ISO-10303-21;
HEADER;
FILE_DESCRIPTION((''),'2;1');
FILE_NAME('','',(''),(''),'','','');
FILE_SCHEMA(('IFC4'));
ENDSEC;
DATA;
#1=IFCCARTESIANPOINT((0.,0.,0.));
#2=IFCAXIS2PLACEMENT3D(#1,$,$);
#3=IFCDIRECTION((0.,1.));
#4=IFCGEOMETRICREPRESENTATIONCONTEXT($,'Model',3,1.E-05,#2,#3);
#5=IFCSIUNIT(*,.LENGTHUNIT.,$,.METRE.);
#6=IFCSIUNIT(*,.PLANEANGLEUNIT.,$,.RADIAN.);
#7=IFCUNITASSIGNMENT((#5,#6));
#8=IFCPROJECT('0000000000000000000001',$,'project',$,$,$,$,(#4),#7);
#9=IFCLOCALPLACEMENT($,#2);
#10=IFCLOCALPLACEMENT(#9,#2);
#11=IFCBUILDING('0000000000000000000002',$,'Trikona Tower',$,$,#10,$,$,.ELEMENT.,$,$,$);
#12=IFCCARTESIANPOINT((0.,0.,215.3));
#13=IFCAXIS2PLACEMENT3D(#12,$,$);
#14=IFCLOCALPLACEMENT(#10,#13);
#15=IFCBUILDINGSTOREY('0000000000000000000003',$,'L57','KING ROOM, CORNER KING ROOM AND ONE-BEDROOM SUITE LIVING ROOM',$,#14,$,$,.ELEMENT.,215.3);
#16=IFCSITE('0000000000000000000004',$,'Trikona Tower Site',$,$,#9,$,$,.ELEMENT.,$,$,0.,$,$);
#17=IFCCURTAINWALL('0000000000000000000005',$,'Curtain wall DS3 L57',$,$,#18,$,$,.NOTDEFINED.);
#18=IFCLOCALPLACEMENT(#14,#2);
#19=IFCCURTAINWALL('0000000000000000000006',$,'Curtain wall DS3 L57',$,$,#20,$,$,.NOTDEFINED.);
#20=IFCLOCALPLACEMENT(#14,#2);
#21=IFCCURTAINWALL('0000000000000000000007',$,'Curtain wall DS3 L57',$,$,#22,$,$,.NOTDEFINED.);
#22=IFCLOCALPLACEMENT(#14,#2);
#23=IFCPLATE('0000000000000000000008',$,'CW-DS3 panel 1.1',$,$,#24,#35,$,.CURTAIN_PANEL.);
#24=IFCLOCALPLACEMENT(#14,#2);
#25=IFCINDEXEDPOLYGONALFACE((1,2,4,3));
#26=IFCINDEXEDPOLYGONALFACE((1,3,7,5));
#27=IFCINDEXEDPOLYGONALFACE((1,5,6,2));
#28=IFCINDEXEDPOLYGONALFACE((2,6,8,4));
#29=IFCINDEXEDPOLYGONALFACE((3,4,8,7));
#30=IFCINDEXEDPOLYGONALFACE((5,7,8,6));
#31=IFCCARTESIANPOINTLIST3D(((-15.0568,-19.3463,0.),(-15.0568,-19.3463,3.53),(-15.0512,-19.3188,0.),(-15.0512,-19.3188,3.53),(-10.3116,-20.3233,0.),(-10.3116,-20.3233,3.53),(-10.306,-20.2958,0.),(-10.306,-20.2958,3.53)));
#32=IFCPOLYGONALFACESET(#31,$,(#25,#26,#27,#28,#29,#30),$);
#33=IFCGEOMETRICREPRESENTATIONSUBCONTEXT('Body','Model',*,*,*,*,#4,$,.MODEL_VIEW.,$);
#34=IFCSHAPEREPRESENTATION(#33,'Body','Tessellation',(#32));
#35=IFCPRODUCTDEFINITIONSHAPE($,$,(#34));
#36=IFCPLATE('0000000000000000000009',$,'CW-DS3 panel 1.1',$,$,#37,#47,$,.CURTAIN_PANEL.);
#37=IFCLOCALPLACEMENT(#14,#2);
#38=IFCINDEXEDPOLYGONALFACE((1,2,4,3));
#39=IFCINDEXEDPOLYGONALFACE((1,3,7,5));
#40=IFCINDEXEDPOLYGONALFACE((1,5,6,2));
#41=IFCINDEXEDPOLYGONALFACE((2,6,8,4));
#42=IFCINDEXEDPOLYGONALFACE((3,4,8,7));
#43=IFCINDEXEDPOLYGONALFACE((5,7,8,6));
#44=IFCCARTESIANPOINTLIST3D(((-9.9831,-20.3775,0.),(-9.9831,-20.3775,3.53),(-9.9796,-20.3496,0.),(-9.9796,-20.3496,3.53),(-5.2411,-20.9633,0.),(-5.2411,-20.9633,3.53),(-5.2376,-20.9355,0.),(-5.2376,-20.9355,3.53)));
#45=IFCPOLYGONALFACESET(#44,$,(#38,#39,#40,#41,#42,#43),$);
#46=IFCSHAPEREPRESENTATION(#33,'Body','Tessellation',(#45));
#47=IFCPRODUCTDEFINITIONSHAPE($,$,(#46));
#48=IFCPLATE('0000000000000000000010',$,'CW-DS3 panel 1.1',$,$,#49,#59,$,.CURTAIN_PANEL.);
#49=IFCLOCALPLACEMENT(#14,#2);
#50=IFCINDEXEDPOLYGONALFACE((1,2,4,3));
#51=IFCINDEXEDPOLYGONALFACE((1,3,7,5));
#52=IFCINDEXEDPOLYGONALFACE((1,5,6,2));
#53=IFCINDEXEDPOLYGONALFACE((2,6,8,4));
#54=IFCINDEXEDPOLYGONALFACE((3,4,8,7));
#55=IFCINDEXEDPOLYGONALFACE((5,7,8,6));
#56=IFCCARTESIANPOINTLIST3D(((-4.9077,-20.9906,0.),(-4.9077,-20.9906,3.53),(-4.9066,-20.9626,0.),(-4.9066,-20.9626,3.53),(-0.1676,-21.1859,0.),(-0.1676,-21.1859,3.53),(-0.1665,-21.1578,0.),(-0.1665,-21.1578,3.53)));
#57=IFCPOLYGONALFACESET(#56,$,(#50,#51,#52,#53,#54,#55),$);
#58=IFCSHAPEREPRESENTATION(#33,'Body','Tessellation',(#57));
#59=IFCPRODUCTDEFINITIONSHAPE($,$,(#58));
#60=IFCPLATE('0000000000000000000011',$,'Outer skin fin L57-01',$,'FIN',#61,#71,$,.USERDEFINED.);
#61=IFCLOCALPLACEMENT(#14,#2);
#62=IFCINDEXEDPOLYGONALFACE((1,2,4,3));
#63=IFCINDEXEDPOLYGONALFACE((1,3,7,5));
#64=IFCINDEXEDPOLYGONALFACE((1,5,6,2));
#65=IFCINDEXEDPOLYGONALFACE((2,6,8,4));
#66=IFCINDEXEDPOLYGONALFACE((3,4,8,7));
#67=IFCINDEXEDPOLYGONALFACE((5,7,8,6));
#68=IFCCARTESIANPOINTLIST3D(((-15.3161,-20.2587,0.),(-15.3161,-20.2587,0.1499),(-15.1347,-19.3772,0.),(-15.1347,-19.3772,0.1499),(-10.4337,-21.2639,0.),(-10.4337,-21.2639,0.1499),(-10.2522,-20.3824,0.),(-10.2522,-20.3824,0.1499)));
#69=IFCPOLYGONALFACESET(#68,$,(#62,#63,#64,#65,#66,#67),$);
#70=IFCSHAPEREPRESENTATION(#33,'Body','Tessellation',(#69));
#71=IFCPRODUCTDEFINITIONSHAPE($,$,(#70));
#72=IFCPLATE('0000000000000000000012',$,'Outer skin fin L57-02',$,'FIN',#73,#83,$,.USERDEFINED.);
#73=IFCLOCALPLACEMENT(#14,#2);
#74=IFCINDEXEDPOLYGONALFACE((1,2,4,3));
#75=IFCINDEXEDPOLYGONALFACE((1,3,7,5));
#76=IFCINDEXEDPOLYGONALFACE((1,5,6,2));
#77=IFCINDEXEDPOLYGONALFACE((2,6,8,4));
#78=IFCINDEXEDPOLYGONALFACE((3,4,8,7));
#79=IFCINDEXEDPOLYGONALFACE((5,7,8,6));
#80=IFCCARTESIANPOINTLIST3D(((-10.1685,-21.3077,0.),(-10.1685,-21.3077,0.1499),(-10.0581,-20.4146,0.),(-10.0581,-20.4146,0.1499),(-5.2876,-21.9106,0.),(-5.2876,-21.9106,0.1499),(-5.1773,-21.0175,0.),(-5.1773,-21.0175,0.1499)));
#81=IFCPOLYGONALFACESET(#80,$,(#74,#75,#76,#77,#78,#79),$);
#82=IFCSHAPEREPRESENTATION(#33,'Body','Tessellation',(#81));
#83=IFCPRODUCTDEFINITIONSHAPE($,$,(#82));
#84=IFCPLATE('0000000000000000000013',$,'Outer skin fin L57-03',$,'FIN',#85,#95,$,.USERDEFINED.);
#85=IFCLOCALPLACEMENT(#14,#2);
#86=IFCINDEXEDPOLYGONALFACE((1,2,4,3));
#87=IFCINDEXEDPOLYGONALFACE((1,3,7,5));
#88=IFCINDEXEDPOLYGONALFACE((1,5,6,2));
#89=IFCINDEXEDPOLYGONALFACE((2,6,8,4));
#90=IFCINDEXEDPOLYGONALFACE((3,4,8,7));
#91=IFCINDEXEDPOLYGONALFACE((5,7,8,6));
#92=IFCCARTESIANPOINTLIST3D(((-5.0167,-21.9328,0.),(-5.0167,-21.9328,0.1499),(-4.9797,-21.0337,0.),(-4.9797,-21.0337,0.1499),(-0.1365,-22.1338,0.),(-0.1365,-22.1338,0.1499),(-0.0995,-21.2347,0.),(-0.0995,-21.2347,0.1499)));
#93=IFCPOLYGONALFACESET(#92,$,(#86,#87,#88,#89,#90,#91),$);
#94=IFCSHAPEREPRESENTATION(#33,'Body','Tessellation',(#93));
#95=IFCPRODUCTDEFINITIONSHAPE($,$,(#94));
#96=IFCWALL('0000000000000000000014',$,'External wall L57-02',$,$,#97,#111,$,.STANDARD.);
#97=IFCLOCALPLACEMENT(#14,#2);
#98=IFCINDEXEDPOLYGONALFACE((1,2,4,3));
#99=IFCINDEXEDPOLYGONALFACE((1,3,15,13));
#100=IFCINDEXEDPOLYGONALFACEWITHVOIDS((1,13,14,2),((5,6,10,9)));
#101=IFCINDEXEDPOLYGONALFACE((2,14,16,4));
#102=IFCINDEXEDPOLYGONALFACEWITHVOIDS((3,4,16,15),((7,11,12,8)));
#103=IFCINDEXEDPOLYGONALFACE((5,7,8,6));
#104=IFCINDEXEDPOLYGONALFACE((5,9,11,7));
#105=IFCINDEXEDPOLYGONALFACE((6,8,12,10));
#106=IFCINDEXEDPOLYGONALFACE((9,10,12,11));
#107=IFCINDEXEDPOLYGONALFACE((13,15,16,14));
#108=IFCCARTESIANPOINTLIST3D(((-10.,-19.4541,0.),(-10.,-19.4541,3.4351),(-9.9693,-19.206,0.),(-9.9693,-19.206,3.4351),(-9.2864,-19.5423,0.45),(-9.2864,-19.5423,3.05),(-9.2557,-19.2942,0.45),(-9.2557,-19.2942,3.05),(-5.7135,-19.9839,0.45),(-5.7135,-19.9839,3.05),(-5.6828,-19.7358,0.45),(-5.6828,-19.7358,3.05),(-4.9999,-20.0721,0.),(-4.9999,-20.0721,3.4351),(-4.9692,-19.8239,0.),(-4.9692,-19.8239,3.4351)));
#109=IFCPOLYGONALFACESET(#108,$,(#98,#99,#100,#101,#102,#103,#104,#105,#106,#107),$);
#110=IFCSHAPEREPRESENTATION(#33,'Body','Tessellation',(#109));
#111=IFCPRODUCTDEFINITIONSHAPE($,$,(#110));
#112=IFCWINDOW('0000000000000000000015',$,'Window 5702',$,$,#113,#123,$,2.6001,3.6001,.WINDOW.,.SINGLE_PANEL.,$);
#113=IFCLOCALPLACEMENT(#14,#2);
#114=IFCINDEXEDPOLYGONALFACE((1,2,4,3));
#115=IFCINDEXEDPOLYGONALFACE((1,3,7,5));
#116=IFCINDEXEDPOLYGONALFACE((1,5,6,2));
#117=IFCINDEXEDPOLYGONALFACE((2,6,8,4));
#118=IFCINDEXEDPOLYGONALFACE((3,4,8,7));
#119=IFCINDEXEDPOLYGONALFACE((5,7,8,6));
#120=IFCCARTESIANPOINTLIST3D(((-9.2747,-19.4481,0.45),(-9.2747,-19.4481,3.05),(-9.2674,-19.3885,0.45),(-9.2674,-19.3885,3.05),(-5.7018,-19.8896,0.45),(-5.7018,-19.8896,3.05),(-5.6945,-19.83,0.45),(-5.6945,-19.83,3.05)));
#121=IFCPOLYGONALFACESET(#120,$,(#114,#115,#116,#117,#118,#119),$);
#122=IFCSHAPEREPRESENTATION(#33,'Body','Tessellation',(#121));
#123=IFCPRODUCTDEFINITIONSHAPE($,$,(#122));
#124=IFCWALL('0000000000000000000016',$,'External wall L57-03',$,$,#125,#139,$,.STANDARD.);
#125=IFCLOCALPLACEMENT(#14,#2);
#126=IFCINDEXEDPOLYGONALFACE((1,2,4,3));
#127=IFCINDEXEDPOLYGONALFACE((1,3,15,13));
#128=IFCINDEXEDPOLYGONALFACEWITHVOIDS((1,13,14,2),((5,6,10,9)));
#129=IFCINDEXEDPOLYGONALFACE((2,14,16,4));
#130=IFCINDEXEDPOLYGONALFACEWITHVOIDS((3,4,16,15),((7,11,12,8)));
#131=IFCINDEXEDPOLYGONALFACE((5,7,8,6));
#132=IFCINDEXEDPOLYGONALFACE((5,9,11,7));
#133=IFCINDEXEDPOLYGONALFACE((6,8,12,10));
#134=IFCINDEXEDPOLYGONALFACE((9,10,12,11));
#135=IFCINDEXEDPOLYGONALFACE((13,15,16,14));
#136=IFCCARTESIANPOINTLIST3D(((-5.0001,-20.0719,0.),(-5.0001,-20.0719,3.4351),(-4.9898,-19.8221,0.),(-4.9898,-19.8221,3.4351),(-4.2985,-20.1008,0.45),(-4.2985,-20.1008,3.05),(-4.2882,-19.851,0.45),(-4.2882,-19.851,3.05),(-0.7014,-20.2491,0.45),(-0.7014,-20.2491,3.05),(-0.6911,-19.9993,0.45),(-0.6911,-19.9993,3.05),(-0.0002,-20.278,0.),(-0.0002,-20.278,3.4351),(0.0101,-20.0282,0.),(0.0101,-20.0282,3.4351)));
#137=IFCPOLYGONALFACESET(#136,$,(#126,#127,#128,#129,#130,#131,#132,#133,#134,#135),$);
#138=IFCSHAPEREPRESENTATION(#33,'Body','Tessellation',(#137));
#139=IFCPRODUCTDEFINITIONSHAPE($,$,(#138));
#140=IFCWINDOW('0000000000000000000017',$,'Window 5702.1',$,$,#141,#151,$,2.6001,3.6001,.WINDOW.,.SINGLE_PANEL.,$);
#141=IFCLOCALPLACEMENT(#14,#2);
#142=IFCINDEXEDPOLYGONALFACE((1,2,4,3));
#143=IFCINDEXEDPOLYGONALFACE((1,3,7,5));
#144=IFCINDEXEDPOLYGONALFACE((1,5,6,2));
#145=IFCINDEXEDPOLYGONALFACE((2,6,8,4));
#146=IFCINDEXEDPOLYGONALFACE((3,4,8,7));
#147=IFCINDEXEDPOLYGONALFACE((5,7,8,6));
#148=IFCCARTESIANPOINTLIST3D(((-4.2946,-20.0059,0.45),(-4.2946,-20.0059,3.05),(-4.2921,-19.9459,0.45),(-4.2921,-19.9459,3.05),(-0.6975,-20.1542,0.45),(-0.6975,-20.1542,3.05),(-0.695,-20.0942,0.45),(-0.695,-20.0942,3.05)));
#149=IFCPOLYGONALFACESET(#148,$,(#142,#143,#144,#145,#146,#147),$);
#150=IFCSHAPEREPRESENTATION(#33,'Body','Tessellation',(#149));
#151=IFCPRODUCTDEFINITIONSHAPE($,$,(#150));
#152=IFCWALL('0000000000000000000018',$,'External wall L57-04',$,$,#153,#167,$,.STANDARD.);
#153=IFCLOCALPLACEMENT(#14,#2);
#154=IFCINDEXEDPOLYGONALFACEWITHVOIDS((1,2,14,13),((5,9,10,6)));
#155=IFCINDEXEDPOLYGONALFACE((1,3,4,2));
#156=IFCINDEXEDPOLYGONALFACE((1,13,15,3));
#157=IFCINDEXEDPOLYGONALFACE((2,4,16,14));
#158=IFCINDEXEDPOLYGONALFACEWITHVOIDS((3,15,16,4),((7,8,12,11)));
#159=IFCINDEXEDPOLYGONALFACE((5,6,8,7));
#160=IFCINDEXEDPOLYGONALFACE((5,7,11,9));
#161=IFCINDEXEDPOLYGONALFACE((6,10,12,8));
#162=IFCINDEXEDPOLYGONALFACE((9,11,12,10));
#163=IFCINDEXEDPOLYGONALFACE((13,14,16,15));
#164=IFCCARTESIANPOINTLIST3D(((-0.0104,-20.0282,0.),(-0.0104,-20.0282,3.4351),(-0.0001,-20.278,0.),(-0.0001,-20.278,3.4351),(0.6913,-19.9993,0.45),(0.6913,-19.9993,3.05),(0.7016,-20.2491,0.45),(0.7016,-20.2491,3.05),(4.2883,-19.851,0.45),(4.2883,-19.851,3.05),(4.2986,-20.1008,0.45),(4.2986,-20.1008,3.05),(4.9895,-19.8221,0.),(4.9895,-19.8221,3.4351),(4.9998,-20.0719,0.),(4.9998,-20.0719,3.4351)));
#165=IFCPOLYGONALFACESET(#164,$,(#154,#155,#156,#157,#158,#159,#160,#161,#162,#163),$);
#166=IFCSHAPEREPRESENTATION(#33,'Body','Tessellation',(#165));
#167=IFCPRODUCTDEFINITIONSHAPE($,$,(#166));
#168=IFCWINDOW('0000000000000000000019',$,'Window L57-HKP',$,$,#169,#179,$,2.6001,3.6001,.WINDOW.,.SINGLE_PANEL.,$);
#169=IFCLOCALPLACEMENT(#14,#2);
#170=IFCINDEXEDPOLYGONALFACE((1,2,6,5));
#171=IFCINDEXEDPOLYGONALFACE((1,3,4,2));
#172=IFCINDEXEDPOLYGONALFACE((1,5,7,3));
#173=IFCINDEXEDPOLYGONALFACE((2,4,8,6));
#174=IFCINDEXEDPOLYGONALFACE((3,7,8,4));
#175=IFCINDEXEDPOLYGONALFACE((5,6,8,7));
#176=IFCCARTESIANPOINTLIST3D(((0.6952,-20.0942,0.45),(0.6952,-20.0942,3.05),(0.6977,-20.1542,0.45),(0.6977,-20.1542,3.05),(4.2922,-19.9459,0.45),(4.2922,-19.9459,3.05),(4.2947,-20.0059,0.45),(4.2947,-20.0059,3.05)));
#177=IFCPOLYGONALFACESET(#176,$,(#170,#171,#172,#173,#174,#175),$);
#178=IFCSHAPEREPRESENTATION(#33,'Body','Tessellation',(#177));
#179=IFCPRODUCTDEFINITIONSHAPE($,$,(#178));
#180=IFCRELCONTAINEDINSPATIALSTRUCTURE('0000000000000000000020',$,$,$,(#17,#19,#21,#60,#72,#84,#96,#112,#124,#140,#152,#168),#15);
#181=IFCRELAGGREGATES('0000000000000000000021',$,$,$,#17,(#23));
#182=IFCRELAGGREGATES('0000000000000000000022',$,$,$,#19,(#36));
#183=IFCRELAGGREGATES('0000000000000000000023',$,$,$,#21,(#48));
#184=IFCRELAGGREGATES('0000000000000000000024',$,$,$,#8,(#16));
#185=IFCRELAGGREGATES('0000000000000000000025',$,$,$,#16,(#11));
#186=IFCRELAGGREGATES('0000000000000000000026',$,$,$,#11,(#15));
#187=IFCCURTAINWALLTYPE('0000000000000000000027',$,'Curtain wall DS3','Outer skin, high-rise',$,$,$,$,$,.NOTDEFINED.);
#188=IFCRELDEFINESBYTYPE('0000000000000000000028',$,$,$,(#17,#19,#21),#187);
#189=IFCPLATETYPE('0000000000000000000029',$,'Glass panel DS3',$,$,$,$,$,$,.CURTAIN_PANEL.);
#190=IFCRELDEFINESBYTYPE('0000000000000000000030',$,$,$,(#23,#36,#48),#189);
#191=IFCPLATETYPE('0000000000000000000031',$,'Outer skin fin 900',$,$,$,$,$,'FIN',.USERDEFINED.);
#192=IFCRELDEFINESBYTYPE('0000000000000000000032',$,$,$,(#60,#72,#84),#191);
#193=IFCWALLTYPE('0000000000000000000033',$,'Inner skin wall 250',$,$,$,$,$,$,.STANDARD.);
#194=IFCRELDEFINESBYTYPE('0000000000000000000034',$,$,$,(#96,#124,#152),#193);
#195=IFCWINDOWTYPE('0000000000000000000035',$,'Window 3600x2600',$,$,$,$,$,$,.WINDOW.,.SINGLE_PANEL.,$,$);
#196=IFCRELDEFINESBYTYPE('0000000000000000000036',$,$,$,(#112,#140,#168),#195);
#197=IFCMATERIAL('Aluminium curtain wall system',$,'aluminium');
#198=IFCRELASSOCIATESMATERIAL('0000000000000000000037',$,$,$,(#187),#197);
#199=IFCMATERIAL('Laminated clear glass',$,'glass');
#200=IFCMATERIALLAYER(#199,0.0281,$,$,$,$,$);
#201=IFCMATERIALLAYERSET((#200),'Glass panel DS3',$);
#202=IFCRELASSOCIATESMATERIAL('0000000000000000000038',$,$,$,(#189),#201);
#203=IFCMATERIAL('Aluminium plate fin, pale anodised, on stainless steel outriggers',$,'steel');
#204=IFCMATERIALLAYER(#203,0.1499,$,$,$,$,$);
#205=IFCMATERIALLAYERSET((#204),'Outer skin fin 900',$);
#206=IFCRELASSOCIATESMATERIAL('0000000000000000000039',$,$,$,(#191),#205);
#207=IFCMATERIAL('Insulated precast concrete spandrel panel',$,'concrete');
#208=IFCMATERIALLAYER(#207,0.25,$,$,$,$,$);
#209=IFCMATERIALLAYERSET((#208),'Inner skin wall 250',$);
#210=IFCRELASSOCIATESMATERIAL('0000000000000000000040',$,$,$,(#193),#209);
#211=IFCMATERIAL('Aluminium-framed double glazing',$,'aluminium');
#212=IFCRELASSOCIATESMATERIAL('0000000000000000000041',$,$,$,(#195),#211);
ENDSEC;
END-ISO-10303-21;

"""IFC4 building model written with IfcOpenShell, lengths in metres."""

from ifc_helpers import new_model, si_unit, direction, frame, frame_2d, origin, origin_2d, place, context, subcontext, project, spatial, rectangle, extrude, material, layer, layer_set, type_object, element, fill, aggregate, save


model = new_model("IFC4")

# Units and contexts
model_context = context("Model", 3, precision=1e-05, world=origin(), true_north=direction((0.0, 1.0)))
body_context = subcontext(model_context, "Body", "Model", "MODEL_VIEW")
ifc_project = project(units=[si_unit("LENGTHUNIT", "METRE"), si_unit("PLANEANGLEUNIT", "RADIAN")], contexts=[model_context])

# Site, building, storey
site_placement = place(None, origin())
site = spatial("IfcSite", under=ifc_project, at=site_placement, Name="Trikona Tower Site", CompositionType="ELEMENT", RefElevation=0.0)
building_placement = place(site_placement, origin())
building = spatial("IfcBuilding", under=site, at=building_placement, Name="Trikona Tower", CompositionType="ELEMENT")
storey_placement = place(building_placement, frame((0.0, 0.0, 215.3)))
storey = spatial("IfcBuildingStorey", under=building, at=storey_placement, Name="L57", Description="KING ROOM, CORNER KING ROOM AND ONE-BEDROOM SUITE LIVING ROOM", CompositionType="ELEMENT", Elevation=215.3)

# Curtain wall
ifc_material_1 = material(Name="Aluminium curtain wall system", Category="aluminium")
curtain_wall_type = type_object("IfcCurtainWallType", Name="Curtain wall DS3", Description="Outer skin, high-rise", PredefinedType="NOTDEFINED", material=ifc_material_1)
curtain_wall_1_placement = place(storey_placement, origin())
curtain_wall_1 = element("IfcCurtainWall", 1, at=curtain_wall_1_placement, inside=storey, type_object=curtain_wall_type, Name="Curtain wall DS3 L57", PredefinedType="NOTDEFINED")

# Curtain walls
curtain_wall_2_placement = place(storey_placement, origin())
curtain_wall_2 = element("IfcCurtainWall", 2, at=curtain_wall_2_placement, inside=storey, type_object=curtain_wall_type, Name="Curtain wall DS3 L57", PredefinedType="NOTDEFINED")
curtain_wall_3_placement = place(storey_placement, origin())
curtain_wall_3 = element("IfcCurtainWall", 3, at=curtain_wall_3_placement, inside=storey, type_object=curtain_wall_type, Name="Curtain wall DS3 L57", PredefinedType="NOTDEFINED")

# Plates
ifc_material_2 = material(Name="Laminated clear glass", Category="glass")
ifc_layer_1 = layer(ifc_material_2, 0.0281)
ifc_layer_set_1 = layer_set([ifc_layer_1], Name="Glass panel DS3")
plate_type_1 = type_object("IfcPlateType", Name="Glass panel DS3", PredefinedType="CURTAIN_PANEL", material=ifc_layer_set_1)
plate_1_placement = place(storey_placement, frame((-12.6814, -19.821, 0.0), z_axis=(0.0, 0.0, 1.0), x_axis=(0.979457, -0.201653, 0.0)))
plate_1 = element("IfcPlate", 4, at=plate_1_placement, type_object=plate_type_1, Name="CW-DS3 panel 1.1", PredefinedType="CURTAIN_PANEL", context=body_context, shape_type="SweptSolid", body=[
    extrude(rectangle(XDim=4.8447, YDim=0.0281, at=origin_2d()), origin(), (0.0, 0.0, 1.0), 3.53),
])
aggregate(curtain_wall_1, [plate_1])
plate_2_placement = place(storey_placement, frame((-7.6104, -20.6565, 0.0), z_axis=(0.0, 0.0, 1.0), x_axis=(0.992455, -0.122611, 0.0)))
plate_2 = element("IfcPlate", 5, at=plate_2_placement, type_object=plate_type_1, Name="CW-DS3 panel 1.1", PredefinedType="CURTAIN_PANEL", context=body_context, shape_type="SweptSolid", body=[
    extrude(rectangle(XDim=4.7781, YDim=0.0281, at=origin_2d()), origin(), (0.0, 0.0, 1.0), 3.53),
])
aggregate(curtain_wall_2, [plate_2])
plate_3_placement = place(storey_placement, frame((-2.5371, -21.0742, 0.0), z_axis=(0.0, 0.0, 1.0), x_axis=(0.999153, -0.041153, 0.0)))
plate_3 = element("IfcPlate", 6, at=plate_3_placement, type_object=plate_type_1, Name="CW-DS3 panel 1.1", PredefinedType="CURTAIN_PANEL", context=body_context, shape_type="SweptSolid", body=[
    extrude(rectangle(XDim=4.7441, YDim=0.0281, at=origin_2d()), origin(), (0.0, 0.0, 1.0), 3.53),
])
aggregate(curtain_wall_3, [plate_3])

# Plates
ifc_material_3 = material(Name="Aluminium plate fin, pale anodised, on stainless steel outriggers", Category="steel")
ifc_layer_2 = layer(ifc_material_3, 0.1499)
ifc_layer_set_2 = layer_set([ifc_layer_2], Name="Outer skin fin 900")
plate_type_2 = type_object("IfcPlateType", Name="Outer skin fin 900", ElementType="FIN", PredefinedType="USERDEFINED", material=ifc_layer_set_2)
plate_4_placement = place(storey_placement, frame((-12.7842, -20.3206, 0.0), z_axis=(0.0, 0.0, 1.0), x_axis=(0.979458, -0.201651, 0.0)))
element("IfcPlate", 7, at=plate_4_placement, inside=storey, type_object=plate_type_2, Name="Outer skin fin L57-01", ObjectType="FIN", PredefinedType="USERDEFINED", context=body_context, shape_type="SweptSolid", body=[
    extrude(rectangle(XDim=4.9849, YDim=0.8999, at=origin_2d()), origin(), (0.0, 0.0, 1.0), 0.1499),
])
plate_5_placement = place(storey_placement, frame((-7.6729, -21.1626, 0.0), z_axis=(0.0, 0.0, 1.0), x_axis=(0.992455, -0.122607, 0.0)))
element("IfcPlate", 8, at=plate_5_placement, inside=storey, type_object=plate_type_2, Name="Outer skin fin L57-02", ObjectType="FIN", PredefinedType="USERDEFINED", context=body_context, shape_type="SweptSolid", body=[
    extrude(rectangle(XDim=4.918, YDim=0.8999, at=origin_2d()), origin(), (0.0, 0.0, 1.0), 0.1499),
])
plate_6_placement = place(storey_placement, frame((-2.5581, -21.5837, 0.0), z_axis=(0.0, 0.0, 1.0), x_axis=(0.999153, -0.041145, 0.0)))
element("IfcPlate", 9, at=plate_6_placement, inside=storey, type_object=plate_type_2, Name="Outer skin fin L57-03", ObjectType="FIN", PredefinedType="USERDEFINED", context=body_context, shape_type="SweptSolid", body=[
    extrude(rectangle(XDim=4.8843, YDim=0.8999, at=origin_2d()), origin(), (0.0, 0.0, 1.0), 0.1499),
])

# Walls, openings, windows
ifc_material_4 = material(Name="Insulated precast concrete spandrel panel", Category="concrete")
ifc_layer_3 = layer(ifc_material_4, 0.25)
ifc_layer_set_3 = layer_set([ifc_layer_3], Name="Inner skin wall 250")
wall_type = type_object("IfcWallType", Name="Inner skin wall 250", PredefinedType="STANDARD", material=ifc_layer_set_3)
wall_1_placement = place(storey_placement, frame((-9.9846, -19.3301, 0.0), z_axis=(0.0, 0.0, 1.0), x_axis=(0.99245, -0.122651, 0.0)))
wall_1 = element("IfcWall", 10, at=wall_1_placement, inside=storey, type_object=wall_type, Name="External wall L57-02", PredefinedType="STANDARD", context=body_context, shape_type="SweptSolid", body=[
    extrude(rectangle(XDim=5.0381, YDim=0.25, at=frame_2d((2.519, 0.0))), origin(), (0.0, 0.0, 1.0), 3.4351),
])
opening_1_placement = place(wall_1_placement, frame((0.719, 0.0, 0.45)))
opening_1 = element("IfcOpeningElement", 11, at=opening_1_placement, cuts=wall_1, PredefinedType="OPENING", context=body_context, shape_type="SweptSolid", body=[
    extrude(rectangle(XDim=3.6001, YDim=2.6001, at=frame_2d((1.8, 1.3))), frame((0.0, 0.135, 0.0), z_axis=(0.0, -1.0, 0.0), x_axis=(1.0, 0.0, 0.0)), (0.0, 0.0, 1.0), 0.27),
])
ifc_material_5 = material(Name="Aluminium-framed double glazing", Category="aluminium")
window_type = type_object("IfcWindowType", Name="Window 3600x2600", PartitioningType="SINGLE_PANEL", PredefinedType="WINDOW", material=ifc_material_5)
window_1_placement = place(opening_1_placement, origin())
window_1 = element("IfcWindow", 12, at=window_1_placement, inside=storey, type_object=window_type, Name="Window 5702", OverallHeight=2.6001, OverallWidth=3.6001, PartitioningType="SINGLE_PANEL", PredefinedType="WINDOW", context=body_context, shape_type="SweptSolid", body=[
    extrude(rectangle(XDim=3.6001, YDim=2.6001, at=frame_2d((1.8, 1.3))), frame((0.0, 0.03, 0.0), z_axis=(0.0, -1.0, 0.0), x_axis=(1.0, 0.0, 0.0)), (0.0, 0.0, 1.0), 0.0601),
])
fill(opening_1, window_1)
wall_2_placement = place(storey_placement, frame((-4.9949, -19.947, 0.0), z_axis=(0.0, 0.0, 1.0), x_axis=(0.999152, -0.041176, 0.0)))
wall_2 = element("IfcWall", 13, at=wall_2_placement, inside=storey, type_object=wall_type, Name="External wall L57-03", PredefinedType="STANDARD", context=body_context, shape_type="SweptSolid", body=[
    extrude(rectangle(XDim=5.0042, YDim=0.25, at=frame_2d((2.502, 0.0))), origin(), (0.0, 0.0, 1.0), 3.4351),
])
opening_2_placement = place(wall_2_placement, frame((0.7021, 0.0, 0.45)))
opening_2 = element("IfcOpeningElement", 14, at=opening_2_placement, cuts=wall_2, PredefinedType="OPENING", context=body_context, shape_type="SweptSolid", body=[
    extrude(rectangle(XDim=3.6001, YDim=2.6001, at=frame_2d((1.8, 1.3))), frame((0.0, 0.135, 0.0), z_axis=(0.0, -1.0, 0.0), x_axis=(1.0, 0.0, 0.0)), (0.0, 0.0, 1.0), 0.27),
])
window_2_placement = place(opening_2_placement, origin())
window_2 = element("IfcWindow", 15, at=window_2_placement, inside=storey, type_object=window_type, Name="Window 5702.1", OverallHeight=2.6001, OverallWidth=3.6001, PartitioningType="SINGLE_PANEL", PredefinedType="WINDOW", context=body_context, shape_type="SweptSolid", body=[
    extrude(rectangle(XDim=3.6001, YDim=2.6001, at=frame_2d((1.8, 1.3))), frame((0.0, 0.03, 0.0), z_axis=(0.0, -1.0, 0.0), x_axis=(1.0, 0.0, 0.0)), (0.0, 0.0, 1.0), 0.0601),
])
fill(opening_2, window_2)
wall_3_placement = place(storey_placement, frame((-0.0051, -20.1531, 0.0), z_axis=(0.0, 0.0, 1.0), x_axis=(0.999152, 0.041176, 0.0)))
wall_3 = element("IfcWall", 16, at=wall_3_placement, inside=storey, type_object=wall_type, Name="External wall L57-04", PredefinedType="STANDARD", context=body_context, shape_type="SweptSolid", body=[
    extrude(rectangle(XDim=5.0042, YDim=0.25, at=frame_2d((2.502, 0.0))), origin(), (0.0, 0.0, 1.0), 3.4351),
])
opening_3_placement = place(wall_3_placement, frame((0.7021, 0.0, 0.45)))
opening_3 = element("IfcOpeningElement", 17, at=opening_3_placement, cuts=wall_3, PredefinedType="OPENING", context=body_context, shape_type="SweptSolid", body=[
    extrude(rectangle(XDim=3.6001, YDim=2.6001, at=frame_2d((1.8, 1.3))), frame((0.0, 0.135, 0.0), z_axis=(0.0, -1.0, 0.0), x_axis=(1.0, 0.0, 0.0)), (0.0, 0.0, 1.0), 0.27),
])
window_3_placement = place(opening_3_placement, origin())
window_3 = element("IfcWindow", 18, at=window_3_placement, inside=storey, type_object=window_type, Name="Window L57-HKP", OverallHeight=2.6001, OverallWidth=3.6001, PartitioningType="SINGLE_PANEL", PredefinedType="WINDOW", context=body_context, shape_type="SweptSolid", body=[
    extrude(rectangle(XDim=3.6001, YDim=2.6001, at=frame_2d((1.8, 1.3))), frame((0.0, 0.03, 0.0), z_axis=(0.0, -1.0, 0.0), x_axis=(1.0, 0.0, 0.0)), (0.0, 0.0, 1.0), 0.0601),
])
fill(opening_3, window_3)

save(model, "model.ifc")
